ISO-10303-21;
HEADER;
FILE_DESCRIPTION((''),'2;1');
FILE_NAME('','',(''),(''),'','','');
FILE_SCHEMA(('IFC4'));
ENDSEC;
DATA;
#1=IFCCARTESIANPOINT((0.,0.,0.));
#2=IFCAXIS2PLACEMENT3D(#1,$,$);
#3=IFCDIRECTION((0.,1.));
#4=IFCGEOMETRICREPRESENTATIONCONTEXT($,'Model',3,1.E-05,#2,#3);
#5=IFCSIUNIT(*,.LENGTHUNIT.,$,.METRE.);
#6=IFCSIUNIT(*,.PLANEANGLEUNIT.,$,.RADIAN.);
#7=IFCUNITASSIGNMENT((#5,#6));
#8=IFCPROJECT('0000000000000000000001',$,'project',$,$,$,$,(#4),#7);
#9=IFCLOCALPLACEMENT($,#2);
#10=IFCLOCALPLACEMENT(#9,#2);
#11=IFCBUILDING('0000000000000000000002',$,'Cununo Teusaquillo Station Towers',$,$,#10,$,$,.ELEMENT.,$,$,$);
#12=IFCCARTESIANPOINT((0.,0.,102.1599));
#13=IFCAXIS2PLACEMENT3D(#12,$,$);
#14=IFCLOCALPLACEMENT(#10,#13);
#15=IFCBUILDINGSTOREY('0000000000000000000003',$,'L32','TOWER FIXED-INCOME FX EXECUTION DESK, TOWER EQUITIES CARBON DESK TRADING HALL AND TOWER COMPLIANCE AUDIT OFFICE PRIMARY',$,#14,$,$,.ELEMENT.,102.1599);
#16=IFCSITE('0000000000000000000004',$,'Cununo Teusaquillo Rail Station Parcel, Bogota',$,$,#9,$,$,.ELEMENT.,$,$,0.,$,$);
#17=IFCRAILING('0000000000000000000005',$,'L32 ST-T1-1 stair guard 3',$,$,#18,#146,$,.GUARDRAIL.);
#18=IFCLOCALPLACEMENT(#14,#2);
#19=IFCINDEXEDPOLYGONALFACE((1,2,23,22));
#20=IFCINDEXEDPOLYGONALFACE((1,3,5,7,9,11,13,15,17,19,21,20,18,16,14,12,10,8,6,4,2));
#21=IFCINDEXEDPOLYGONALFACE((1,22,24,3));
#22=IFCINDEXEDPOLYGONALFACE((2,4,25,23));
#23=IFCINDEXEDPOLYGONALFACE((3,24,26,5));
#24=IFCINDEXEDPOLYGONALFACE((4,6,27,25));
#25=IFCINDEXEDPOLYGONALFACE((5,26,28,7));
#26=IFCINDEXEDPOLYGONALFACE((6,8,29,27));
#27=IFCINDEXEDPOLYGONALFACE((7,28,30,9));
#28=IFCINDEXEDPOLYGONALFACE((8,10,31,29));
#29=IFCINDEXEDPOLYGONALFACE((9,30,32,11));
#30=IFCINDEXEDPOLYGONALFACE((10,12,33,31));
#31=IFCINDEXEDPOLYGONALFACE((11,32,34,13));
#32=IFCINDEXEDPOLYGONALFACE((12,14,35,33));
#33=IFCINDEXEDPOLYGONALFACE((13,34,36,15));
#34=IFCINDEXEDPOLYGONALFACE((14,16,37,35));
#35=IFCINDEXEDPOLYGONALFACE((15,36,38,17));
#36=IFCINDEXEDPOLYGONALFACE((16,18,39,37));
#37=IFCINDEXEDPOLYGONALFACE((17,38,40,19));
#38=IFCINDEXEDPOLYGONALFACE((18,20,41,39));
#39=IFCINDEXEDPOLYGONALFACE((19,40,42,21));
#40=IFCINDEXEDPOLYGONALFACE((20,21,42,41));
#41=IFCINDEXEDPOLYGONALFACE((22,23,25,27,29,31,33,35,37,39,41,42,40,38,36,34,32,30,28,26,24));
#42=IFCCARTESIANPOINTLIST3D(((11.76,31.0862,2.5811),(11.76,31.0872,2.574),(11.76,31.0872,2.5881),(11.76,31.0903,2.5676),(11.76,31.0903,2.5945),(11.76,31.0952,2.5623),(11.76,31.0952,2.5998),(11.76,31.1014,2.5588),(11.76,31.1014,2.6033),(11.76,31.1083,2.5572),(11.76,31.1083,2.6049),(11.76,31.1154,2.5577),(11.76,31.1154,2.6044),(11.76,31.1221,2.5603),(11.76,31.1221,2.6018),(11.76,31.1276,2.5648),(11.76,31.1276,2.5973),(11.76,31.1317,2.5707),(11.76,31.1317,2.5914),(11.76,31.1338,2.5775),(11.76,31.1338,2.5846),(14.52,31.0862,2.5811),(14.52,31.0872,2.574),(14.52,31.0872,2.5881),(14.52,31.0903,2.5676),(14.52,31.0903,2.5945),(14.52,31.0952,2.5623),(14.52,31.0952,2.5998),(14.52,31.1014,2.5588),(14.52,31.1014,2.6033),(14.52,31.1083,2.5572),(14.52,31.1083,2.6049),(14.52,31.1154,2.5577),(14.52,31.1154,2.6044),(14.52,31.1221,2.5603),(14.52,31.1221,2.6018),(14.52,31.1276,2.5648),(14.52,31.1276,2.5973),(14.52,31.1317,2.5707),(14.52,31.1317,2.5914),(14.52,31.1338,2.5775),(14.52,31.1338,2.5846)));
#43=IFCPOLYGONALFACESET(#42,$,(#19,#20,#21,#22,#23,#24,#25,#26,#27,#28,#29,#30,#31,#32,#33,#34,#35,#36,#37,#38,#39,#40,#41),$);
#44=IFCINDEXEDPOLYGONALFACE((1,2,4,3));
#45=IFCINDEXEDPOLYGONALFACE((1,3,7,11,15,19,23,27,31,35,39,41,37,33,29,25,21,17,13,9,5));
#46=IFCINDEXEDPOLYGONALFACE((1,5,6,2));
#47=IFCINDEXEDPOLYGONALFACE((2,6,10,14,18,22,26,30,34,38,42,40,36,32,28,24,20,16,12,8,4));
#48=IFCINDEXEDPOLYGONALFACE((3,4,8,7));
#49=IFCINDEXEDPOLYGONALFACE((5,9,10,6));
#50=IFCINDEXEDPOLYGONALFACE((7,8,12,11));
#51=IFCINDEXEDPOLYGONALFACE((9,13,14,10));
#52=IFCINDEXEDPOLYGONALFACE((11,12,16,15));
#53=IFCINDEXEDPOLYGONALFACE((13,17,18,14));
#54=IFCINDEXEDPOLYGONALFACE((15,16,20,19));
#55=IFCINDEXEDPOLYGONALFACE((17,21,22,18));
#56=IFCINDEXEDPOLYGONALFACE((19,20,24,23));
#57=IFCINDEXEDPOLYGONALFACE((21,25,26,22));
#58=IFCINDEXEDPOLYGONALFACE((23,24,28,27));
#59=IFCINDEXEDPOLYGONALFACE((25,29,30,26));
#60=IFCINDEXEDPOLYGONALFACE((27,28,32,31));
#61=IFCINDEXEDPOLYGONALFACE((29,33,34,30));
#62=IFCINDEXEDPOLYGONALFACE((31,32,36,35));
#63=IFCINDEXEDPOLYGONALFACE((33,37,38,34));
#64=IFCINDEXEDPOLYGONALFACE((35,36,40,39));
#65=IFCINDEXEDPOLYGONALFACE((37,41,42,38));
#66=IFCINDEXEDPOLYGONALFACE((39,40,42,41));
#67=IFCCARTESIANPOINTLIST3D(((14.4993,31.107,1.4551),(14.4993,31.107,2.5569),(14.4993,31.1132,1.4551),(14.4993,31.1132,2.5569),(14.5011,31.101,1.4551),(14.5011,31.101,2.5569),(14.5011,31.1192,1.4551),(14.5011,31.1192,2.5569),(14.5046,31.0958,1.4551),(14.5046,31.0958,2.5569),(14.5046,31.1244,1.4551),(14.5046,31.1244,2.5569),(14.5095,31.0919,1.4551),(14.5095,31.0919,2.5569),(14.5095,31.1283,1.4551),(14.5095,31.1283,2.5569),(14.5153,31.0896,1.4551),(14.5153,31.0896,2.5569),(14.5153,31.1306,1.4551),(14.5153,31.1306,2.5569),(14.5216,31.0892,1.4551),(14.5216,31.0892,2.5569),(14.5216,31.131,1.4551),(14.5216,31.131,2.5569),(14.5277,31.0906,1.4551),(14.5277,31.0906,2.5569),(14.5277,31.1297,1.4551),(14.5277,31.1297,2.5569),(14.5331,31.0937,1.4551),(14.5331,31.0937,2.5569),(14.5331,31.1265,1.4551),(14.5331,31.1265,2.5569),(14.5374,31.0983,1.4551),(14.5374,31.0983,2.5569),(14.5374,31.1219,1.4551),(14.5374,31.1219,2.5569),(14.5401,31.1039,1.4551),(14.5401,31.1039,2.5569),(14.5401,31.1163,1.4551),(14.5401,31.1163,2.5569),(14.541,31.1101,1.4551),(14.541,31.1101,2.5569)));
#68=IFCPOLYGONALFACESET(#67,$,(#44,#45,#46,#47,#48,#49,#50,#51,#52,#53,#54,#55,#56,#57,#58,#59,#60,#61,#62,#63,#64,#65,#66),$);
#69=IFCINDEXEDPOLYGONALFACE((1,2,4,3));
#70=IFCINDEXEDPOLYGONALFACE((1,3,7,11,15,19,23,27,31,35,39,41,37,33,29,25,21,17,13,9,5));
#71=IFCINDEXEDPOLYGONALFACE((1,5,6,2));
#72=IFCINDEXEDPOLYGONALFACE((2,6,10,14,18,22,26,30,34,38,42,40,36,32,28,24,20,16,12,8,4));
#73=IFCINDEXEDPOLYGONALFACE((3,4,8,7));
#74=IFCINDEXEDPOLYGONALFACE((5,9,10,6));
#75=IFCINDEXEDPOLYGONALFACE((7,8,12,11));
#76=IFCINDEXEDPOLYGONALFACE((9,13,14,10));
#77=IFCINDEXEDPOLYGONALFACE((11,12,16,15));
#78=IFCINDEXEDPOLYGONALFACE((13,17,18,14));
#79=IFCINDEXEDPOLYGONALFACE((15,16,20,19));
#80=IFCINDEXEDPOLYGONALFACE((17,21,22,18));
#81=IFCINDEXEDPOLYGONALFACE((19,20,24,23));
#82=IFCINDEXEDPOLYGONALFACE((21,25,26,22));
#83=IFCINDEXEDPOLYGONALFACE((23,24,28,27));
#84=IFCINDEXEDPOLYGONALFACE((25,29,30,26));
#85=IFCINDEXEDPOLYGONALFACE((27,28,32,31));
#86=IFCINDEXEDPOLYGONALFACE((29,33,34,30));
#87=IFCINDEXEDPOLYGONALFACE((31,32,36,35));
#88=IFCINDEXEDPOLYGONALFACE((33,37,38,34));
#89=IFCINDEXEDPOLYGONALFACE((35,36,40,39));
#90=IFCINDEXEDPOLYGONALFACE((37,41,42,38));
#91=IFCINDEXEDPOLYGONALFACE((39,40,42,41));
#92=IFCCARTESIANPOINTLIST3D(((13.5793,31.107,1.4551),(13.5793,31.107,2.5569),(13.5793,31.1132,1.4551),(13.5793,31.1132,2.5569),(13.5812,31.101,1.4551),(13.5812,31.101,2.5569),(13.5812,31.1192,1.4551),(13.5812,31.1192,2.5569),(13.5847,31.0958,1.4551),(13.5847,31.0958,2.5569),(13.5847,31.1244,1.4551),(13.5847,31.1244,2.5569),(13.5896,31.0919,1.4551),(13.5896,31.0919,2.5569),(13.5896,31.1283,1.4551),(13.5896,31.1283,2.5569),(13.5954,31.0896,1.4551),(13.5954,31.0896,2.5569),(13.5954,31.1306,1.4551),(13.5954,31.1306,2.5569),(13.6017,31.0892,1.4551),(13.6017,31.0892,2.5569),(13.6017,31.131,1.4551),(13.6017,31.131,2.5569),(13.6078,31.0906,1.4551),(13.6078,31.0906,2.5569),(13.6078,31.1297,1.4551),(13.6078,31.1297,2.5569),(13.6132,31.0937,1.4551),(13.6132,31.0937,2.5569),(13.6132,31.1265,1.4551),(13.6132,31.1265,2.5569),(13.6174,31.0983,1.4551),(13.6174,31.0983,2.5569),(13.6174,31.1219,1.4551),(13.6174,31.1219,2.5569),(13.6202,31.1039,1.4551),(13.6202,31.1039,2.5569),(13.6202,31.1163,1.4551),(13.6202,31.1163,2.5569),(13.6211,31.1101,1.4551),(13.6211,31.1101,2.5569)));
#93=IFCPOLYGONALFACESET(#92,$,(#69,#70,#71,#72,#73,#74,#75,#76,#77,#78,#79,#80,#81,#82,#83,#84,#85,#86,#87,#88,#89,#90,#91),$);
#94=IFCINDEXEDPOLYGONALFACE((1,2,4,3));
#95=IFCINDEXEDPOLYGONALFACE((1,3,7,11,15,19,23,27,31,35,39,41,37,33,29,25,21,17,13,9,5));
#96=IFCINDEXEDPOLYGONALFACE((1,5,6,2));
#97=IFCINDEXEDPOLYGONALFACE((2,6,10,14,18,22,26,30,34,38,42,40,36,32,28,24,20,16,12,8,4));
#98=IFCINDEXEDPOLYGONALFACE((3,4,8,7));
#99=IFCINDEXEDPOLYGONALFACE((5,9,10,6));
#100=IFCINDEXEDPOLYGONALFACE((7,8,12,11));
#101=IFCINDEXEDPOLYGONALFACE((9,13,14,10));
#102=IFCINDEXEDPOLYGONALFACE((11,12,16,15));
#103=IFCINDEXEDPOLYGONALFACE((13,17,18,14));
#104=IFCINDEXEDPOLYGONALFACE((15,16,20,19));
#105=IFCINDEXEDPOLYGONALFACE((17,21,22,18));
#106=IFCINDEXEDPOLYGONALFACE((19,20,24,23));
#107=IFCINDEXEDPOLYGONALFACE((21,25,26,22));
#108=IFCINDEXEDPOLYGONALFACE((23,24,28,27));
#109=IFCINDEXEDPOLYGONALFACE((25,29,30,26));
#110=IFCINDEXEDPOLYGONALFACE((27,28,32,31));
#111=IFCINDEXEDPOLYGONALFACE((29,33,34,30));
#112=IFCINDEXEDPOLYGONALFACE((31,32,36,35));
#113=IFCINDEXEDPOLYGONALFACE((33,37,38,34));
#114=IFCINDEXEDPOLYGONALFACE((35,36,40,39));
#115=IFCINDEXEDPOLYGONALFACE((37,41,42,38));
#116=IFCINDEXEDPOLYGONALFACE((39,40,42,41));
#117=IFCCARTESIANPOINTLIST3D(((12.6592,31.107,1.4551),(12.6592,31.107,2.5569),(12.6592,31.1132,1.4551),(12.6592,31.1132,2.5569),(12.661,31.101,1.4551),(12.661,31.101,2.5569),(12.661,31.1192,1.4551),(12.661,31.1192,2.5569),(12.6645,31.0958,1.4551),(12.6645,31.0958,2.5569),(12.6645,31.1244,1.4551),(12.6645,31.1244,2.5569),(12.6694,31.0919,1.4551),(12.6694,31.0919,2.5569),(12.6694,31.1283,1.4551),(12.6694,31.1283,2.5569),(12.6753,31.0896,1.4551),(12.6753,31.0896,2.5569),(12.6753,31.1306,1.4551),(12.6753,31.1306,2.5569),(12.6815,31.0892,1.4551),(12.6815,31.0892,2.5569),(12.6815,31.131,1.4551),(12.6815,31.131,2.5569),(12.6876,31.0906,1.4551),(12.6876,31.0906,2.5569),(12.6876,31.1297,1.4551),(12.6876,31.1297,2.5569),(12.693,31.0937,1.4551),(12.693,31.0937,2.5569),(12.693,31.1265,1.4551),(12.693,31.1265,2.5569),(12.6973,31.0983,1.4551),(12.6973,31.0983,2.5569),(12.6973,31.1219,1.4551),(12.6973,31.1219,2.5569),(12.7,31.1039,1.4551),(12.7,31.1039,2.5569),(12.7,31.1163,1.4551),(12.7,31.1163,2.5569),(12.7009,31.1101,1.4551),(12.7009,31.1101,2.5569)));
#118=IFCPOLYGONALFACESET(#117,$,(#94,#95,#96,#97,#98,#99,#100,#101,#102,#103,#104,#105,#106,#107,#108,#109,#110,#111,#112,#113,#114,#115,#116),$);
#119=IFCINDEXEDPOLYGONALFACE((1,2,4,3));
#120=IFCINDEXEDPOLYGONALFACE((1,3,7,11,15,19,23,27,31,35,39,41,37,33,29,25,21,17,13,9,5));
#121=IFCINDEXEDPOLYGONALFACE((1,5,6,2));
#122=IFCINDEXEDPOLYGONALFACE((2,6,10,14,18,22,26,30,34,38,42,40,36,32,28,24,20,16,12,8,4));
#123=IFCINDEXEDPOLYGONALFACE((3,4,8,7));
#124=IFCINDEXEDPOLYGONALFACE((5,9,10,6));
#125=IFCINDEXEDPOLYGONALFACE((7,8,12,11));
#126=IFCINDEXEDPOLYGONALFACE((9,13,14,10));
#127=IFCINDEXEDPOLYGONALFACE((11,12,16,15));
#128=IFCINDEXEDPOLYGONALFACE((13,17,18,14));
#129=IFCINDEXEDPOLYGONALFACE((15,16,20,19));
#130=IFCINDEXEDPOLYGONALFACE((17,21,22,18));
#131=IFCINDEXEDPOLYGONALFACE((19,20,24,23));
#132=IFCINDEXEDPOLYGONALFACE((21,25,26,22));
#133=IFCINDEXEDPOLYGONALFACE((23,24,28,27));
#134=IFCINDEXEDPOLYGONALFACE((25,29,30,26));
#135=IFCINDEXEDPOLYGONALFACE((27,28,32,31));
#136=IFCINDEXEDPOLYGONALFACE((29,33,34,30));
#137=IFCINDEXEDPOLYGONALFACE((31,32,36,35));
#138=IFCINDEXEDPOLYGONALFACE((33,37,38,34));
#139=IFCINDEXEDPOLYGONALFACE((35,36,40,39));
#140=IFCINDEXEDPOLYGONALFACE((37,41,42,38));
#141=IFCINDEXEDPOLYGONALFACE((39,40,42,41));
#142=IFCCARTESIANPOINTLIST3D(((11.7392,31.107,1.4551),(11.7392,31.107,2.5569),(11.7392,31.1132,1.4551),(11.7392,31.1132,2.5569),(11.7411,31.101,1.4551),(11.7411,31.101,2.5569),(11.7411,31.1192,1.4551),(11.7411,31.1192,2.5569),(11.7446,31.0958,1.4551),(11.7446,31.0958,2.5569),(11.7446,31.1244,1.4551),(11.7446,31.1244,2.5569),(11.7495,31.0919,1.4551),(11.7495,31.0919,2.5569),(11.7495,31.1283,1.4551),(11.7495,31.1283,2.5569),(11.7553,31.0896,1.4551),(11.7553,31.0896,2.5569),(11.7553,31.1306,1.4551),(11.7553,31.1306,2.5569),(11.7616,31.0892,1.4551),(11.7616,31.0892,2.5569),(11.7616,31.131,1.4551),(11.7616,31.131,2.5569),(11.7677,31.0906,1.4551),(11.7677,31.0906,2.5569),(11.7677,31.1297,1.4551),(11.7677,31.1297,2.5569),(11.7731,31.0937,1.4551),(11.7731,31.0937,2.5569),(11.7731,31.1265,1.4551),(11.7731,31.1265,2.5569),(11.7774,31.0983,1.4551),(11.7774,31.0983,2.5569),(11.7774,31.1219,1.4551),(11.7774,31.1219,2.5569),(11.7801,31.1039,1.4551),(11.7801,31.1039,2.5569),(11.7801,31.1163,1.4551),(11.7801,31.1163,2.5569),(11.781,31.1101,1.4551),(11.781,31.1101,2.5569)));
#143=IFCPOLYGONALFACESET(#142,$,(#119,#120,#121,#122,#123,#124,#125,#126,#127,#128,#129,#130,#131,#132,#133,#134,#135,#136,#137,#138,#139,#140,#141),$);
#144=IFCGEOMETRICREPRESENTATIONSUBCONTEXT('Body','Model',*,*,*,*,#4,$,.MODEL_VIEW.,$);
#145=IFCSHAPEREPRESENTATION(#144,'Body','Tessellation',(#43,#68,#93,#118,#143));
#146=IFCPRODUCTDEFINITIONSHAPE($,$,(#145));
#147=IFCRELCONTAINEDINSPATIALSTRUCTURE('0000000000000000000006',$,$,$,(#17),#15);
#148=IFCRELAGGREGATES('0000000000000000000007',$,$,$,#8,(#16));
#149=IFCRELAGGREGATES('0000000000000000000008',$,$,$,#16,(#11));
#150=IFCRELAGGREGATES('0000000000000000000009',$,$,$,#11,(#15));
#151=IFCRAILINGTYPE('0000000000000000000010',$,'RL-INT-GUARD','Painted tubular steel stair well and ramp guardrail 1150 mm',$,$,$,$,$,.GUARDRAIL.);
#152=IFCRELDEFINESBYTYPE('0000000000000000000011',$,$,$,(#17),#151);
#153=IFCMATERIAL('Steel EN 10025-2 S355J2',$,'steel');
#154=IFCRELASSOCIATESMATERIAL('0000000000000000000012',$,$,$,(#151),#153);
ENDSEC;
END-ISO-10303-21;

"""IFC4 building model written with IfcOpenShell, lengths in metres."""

from ifc_helpers import new_model, si_unit, direction, frame, origin, origin_2d, place, context, subcontext, project, spatial, circle, extrude, material, type_object, element, save


model = new_model("IFC4")

# Units and contexts
model_context = context("Model", 3, precision=1e-05, world=origin(), true_north=direction((0.0, 1.0)))
body_context = subcontext(model_context, "Body", "Model", "MODEL_VIEW")
ifc_project = project(units=[si_unit("LENGTHUNIT", "METRE"), si_unit("PLANEANGLEUNIT", "RADIAN")], contexts=[model_context])

# Site, building, storey
site_placement = place(None, origin())
site = spatial("IfcSite", under=ifc_project, at=site_placement, Name="Cununo Teusaquillo Rail Station Parcel, Bogota", CompositionType="ELEMENT", RefElevation=0.0)
building_placement = place(site_placement, origin())
building = spatial("IfcBuilding", under=site, at=building_placement, Name="Cununo Teusaquillo Station Towers", CompositionType="ELEMENT")
storey_placement = place(building_placement, frame((0.0, 0.0, 102.1599)))
storey = spatial("IfcBuildingStorey", under=building, at=storey_placement, Name="L32", Description="TOWER FIXED-INCOME FX EXECUTION DESK, TOWER EQUITIES CARBON DESK TRADING HALL AND TOWER COMPLIANCE AUDIT OFFICE PRIMARY", CompositionType="ELEMENT", Elevation=102.1599)

# Railing
ifc_material_1 = material(Name="Steel EN 10025-2 S355J2", Category="steel")
railing_type_1 = type_object("IfcRailingType", Name="RL-INT-GUARD", Description="Painted tubular steel stair well and ramp guardrail 1150 mm", PredefinedType="GUARDRAIL", material=ifc_material_1)
railing_1_placement = place(storey_placement, frame((14.52, 31.1101, 1.4551)))
element("IfcRailing", 1, at=railing_1_placement, inside=storey, type_object=railing_type_1, Name="L32 ST-T1-1 stair guard 3", PredefinedType="GUARDRAIL", context=body_context, shape_type="SweptSolid", body=[
    extrude(circle(Radius=0.0239, at=origin_2d()), frame((0.0, 0.0, 1.126), z_axis=(-1.0, 0.0, 0.0), x_axis=(0.0, -1.0, 0.0)), (0.0, 0.0, 1.0), 2.76),
    extrude(circle(Radius=0.021, at=origin_2d()), origin(), (0.0, 0.0, 1.0), 1.1018),
    extrude(circle(Radius=0.021, at=origin_2d()), frame((-0.9199, 0.0, 0.0)), (0.0, 0.0, 1.0), 1.1018),
    extrude(circle(Radius=0.021, at=origin_2d()), frame((-1.8401, 0.0, 0.0)), (0.0, 0.0, 1.0), 1.1018),
    extrude(circle(Radius=0.021, at=origin_2d()), frame((-2.76, 0.0, 0.0)), (0.0, 0.0, 1.0), 1.1018),
])

save(model, "model.ifc")
